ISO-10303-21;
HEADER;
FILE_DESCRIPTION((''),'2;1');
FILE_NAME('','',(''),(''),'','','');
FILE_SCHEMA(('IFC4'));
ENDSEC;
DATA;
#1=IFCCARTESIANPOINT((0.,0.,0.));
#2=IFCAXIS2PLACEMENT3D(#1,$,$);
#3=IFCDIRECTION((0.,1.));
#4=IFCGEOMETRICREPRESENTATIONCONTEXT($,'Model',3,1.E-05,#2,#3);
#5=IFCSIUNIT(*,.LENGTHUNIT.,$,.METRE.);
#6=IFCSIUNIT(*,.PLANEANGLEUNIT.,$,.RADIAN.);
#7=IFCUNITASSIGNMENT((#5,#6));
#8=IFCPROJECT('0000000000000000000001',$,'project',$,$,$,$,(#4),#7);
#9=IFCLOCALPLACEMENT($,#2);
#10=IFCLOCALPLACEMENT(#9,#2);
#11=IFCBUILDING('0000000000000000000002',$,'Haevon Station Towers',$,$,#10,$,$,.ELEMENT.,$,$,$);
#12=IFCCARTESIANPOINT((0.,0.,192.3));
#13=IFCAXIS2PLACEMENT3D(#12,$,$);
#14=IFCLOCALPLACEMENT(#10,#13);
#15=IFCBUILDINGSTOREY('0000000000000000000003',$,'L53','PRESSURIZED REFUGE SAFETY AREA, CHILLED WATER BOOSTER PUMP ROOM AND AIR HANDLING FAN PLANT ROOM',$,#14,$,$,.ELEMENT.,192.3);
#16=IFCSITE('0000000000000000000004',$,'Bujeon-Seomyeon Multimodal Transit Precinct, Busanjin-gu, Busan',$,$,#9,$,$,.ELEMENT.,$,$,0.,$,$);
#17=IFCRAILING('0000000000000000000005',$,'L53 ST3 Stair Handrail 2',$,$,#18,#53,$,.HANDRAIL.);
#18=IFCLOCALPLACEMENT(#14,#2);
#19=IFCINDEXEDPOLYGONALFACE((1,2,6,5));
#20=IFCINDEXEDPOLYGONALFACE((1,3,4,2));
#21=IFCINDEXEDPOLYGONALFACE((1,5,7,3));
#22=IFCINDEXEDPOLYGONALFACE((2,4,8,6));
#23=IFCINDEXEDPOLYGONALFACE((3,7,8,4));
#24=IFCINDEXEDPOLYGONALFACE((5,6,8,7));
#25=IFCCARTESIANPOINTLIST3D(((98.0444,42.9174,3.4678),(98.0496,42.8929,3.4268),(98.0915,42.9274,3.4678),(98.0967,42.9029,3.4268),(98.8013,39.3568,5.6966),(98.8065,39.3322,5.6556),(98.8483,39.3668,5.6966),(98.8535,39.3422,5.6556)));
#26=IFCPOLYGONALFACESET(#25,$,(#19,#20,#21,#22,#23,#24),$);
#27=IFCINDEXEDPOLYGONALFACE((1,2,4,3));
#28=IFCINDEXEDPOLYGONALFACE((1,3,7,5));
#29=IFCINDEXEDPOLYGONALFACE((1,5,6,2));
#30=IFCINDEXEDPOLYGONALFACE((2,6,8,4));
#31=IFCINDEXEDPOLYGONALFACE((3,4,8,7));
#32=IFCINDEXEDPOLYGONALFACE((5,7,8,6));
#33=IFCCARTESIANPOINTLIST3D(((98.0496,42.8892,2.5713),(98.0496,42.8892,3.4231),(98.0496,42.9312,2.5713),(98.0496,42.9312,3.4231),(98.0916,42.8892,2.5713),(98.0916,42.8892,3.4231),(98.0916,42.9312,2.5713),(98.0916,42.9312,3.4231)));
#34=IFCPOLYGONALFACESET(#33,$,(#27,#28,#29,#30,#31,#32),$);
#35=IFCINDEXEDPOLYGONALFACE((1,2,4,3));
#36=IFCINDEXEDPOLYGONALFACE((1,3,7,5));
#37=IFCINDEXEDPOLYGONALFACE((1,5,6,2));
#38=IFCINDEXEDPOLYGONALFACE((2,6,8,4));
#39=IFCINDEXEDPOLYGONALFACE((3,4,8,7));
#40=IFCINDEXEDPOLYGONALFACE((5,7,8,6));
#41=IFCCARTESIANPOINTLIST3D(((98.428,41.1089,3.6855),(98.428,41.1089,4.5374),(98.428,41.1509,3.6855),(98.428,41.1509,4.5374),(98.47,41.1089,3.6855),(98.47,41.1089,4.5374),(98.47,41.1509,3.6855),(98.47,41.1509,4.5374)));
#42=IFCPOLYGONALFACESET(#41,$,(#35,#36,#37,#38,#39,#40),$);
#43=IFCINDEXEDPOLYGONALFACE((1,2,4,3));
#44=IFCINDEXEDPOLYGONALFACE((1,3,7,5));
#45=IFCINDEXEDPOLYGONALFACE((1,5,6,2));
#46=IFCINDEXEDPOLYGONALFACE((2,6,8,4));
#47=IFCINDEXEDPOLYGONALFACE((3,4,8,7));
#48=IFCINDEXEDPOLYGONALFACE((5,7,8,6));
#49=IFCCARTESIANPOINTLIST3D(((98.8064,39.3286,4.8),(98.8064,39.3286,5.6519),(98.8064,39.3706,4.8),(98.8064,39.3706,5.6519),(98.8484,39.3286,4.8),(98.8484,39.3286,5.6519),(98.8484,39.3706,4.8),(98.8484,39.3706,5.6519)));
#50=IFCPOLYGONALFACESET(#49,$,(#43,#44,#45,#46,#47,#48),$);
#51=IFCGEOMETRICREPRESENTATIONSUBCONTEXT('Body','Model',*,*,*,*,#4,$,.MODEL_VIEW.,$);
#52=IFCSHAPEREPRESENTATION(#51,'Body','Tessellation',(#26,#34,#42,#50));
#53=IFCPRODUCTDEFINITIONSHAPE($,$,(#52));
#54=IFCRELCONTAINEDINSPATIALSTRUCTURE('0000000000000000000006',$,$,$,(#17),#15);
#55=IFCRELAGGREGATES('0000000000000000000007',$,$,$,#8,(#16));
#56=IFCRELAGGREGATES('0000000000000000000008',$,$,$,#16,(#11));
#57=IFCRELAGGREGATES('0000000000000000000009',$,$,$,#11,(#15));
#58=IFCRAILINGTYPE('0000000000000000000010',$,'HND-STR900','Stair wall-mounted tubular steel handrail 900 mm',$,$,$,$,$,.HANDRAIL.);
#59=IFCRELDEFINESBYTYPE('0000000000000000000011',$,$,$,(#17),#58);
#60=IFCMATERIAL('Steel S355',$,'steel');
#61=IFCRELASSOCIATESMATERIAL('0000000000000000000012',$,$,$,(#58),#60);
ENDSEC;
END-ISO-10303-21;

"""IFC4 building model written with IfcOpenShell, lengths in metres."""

from ifc_helpers import new_model, si_unit, direction, frame, origin, origin_2d, place, context, subcontext, project, spatial, rectangle, extrude, material, type_object, element, save


model = new_model("IFC4")

# Units and contexts
model_context = context("Model", 3, precision=1e-05, world=origin(), true_north=direction((0.0, 1.0)))
body_context = subcontext(model_context, "Body", "Model", "MODEL_VIEW")
ifc_project = project(units=[si_unit("LENGTHUNIT", "METRE"), si_unit("PLANEANGLEUNIT", "RADIAN")], contexts=[model_context])

# Site, building, storey
site_placement = place(None, origin())
site = spatial("IfcSite", under=ifc_project, at=site_placement, Name="Bujeon-Seomyeon Multimodal Transit Precinct, Busanjin-gu, Busan", CompositionType="ELEMENT", RefElevation=0.0)
building_placement = place(site_placement, origin())
building = spatial("IfcBuilding", under=site, at=building_placement, Name="Haevon Station Towers", CompositionType="ELEMENT")
storey_placement = place(building_placement, frame((0.0, 0.0, 192.3)))
storey = spatial("IfcBuildingStorey", under=building, at=storey_placement, Name="L53", Description="PRESSURIZED REFUGE SAFETY AREA, CHILLED WATER BOOSTER PUMP ROOM AND AIR HANDLING FAN PLANT ROOM", CompositionType="ELEMENT", Elevation=192.3)

# Shared definitions
ifc_material_1 = material(Name="Steel S355", Category="steel")

# Railing
railing_type_1 = type_object("IfcRailingType", Name="HND-STR900", Description="Stair wall-mounted tubular steel handrail 900 mm", PredefinedType="HANDRAIL", material=ifc_material_1)
railing_1_placement = place(storey_placement, frame((98.0706, 42.9102, 2.5713)))
element("IfcRailing", 1, at=railing_1_placement, inside=storey, type_object=railing_type_1, Name="L53 ST3 Stair Handrail 2", PredefinedType="HANDRAIL", context=body_context, shape_type="SweptSolid", body=[
    extrude(rectangle(XDim=0.0481, YDim=0.0481, at=origin_2d()), frame((0.0, 0.0, 0.876), z_axis=(0.177319, -0.8342, 0.522176), x_axis=(0.978147, 0.207917, 0.0)), (0.0, 0.0, 1.0), 4.2683),
    extrude(rectangle(XDim=0.042, YDim=0.042, at=origin_2d()), origin(), (0.0, 0.0, 1.0), 0.8518),
    extrude(rectangle(XDim=0.042, YDim=0.042, at=origin_2d()), frame((0.3784, -1.7803, 1.1143)), (0.0, 0.0, 1.0), 0.8518),
    extrude(rectangle(XDim=0.042, YDim=0.042, at=origin_2d()), frame((0.7568, -3.5605, 2.2288)), (0.0, 0.0, 1.0), 0.8518),
])

save(model, "model.ifc")
